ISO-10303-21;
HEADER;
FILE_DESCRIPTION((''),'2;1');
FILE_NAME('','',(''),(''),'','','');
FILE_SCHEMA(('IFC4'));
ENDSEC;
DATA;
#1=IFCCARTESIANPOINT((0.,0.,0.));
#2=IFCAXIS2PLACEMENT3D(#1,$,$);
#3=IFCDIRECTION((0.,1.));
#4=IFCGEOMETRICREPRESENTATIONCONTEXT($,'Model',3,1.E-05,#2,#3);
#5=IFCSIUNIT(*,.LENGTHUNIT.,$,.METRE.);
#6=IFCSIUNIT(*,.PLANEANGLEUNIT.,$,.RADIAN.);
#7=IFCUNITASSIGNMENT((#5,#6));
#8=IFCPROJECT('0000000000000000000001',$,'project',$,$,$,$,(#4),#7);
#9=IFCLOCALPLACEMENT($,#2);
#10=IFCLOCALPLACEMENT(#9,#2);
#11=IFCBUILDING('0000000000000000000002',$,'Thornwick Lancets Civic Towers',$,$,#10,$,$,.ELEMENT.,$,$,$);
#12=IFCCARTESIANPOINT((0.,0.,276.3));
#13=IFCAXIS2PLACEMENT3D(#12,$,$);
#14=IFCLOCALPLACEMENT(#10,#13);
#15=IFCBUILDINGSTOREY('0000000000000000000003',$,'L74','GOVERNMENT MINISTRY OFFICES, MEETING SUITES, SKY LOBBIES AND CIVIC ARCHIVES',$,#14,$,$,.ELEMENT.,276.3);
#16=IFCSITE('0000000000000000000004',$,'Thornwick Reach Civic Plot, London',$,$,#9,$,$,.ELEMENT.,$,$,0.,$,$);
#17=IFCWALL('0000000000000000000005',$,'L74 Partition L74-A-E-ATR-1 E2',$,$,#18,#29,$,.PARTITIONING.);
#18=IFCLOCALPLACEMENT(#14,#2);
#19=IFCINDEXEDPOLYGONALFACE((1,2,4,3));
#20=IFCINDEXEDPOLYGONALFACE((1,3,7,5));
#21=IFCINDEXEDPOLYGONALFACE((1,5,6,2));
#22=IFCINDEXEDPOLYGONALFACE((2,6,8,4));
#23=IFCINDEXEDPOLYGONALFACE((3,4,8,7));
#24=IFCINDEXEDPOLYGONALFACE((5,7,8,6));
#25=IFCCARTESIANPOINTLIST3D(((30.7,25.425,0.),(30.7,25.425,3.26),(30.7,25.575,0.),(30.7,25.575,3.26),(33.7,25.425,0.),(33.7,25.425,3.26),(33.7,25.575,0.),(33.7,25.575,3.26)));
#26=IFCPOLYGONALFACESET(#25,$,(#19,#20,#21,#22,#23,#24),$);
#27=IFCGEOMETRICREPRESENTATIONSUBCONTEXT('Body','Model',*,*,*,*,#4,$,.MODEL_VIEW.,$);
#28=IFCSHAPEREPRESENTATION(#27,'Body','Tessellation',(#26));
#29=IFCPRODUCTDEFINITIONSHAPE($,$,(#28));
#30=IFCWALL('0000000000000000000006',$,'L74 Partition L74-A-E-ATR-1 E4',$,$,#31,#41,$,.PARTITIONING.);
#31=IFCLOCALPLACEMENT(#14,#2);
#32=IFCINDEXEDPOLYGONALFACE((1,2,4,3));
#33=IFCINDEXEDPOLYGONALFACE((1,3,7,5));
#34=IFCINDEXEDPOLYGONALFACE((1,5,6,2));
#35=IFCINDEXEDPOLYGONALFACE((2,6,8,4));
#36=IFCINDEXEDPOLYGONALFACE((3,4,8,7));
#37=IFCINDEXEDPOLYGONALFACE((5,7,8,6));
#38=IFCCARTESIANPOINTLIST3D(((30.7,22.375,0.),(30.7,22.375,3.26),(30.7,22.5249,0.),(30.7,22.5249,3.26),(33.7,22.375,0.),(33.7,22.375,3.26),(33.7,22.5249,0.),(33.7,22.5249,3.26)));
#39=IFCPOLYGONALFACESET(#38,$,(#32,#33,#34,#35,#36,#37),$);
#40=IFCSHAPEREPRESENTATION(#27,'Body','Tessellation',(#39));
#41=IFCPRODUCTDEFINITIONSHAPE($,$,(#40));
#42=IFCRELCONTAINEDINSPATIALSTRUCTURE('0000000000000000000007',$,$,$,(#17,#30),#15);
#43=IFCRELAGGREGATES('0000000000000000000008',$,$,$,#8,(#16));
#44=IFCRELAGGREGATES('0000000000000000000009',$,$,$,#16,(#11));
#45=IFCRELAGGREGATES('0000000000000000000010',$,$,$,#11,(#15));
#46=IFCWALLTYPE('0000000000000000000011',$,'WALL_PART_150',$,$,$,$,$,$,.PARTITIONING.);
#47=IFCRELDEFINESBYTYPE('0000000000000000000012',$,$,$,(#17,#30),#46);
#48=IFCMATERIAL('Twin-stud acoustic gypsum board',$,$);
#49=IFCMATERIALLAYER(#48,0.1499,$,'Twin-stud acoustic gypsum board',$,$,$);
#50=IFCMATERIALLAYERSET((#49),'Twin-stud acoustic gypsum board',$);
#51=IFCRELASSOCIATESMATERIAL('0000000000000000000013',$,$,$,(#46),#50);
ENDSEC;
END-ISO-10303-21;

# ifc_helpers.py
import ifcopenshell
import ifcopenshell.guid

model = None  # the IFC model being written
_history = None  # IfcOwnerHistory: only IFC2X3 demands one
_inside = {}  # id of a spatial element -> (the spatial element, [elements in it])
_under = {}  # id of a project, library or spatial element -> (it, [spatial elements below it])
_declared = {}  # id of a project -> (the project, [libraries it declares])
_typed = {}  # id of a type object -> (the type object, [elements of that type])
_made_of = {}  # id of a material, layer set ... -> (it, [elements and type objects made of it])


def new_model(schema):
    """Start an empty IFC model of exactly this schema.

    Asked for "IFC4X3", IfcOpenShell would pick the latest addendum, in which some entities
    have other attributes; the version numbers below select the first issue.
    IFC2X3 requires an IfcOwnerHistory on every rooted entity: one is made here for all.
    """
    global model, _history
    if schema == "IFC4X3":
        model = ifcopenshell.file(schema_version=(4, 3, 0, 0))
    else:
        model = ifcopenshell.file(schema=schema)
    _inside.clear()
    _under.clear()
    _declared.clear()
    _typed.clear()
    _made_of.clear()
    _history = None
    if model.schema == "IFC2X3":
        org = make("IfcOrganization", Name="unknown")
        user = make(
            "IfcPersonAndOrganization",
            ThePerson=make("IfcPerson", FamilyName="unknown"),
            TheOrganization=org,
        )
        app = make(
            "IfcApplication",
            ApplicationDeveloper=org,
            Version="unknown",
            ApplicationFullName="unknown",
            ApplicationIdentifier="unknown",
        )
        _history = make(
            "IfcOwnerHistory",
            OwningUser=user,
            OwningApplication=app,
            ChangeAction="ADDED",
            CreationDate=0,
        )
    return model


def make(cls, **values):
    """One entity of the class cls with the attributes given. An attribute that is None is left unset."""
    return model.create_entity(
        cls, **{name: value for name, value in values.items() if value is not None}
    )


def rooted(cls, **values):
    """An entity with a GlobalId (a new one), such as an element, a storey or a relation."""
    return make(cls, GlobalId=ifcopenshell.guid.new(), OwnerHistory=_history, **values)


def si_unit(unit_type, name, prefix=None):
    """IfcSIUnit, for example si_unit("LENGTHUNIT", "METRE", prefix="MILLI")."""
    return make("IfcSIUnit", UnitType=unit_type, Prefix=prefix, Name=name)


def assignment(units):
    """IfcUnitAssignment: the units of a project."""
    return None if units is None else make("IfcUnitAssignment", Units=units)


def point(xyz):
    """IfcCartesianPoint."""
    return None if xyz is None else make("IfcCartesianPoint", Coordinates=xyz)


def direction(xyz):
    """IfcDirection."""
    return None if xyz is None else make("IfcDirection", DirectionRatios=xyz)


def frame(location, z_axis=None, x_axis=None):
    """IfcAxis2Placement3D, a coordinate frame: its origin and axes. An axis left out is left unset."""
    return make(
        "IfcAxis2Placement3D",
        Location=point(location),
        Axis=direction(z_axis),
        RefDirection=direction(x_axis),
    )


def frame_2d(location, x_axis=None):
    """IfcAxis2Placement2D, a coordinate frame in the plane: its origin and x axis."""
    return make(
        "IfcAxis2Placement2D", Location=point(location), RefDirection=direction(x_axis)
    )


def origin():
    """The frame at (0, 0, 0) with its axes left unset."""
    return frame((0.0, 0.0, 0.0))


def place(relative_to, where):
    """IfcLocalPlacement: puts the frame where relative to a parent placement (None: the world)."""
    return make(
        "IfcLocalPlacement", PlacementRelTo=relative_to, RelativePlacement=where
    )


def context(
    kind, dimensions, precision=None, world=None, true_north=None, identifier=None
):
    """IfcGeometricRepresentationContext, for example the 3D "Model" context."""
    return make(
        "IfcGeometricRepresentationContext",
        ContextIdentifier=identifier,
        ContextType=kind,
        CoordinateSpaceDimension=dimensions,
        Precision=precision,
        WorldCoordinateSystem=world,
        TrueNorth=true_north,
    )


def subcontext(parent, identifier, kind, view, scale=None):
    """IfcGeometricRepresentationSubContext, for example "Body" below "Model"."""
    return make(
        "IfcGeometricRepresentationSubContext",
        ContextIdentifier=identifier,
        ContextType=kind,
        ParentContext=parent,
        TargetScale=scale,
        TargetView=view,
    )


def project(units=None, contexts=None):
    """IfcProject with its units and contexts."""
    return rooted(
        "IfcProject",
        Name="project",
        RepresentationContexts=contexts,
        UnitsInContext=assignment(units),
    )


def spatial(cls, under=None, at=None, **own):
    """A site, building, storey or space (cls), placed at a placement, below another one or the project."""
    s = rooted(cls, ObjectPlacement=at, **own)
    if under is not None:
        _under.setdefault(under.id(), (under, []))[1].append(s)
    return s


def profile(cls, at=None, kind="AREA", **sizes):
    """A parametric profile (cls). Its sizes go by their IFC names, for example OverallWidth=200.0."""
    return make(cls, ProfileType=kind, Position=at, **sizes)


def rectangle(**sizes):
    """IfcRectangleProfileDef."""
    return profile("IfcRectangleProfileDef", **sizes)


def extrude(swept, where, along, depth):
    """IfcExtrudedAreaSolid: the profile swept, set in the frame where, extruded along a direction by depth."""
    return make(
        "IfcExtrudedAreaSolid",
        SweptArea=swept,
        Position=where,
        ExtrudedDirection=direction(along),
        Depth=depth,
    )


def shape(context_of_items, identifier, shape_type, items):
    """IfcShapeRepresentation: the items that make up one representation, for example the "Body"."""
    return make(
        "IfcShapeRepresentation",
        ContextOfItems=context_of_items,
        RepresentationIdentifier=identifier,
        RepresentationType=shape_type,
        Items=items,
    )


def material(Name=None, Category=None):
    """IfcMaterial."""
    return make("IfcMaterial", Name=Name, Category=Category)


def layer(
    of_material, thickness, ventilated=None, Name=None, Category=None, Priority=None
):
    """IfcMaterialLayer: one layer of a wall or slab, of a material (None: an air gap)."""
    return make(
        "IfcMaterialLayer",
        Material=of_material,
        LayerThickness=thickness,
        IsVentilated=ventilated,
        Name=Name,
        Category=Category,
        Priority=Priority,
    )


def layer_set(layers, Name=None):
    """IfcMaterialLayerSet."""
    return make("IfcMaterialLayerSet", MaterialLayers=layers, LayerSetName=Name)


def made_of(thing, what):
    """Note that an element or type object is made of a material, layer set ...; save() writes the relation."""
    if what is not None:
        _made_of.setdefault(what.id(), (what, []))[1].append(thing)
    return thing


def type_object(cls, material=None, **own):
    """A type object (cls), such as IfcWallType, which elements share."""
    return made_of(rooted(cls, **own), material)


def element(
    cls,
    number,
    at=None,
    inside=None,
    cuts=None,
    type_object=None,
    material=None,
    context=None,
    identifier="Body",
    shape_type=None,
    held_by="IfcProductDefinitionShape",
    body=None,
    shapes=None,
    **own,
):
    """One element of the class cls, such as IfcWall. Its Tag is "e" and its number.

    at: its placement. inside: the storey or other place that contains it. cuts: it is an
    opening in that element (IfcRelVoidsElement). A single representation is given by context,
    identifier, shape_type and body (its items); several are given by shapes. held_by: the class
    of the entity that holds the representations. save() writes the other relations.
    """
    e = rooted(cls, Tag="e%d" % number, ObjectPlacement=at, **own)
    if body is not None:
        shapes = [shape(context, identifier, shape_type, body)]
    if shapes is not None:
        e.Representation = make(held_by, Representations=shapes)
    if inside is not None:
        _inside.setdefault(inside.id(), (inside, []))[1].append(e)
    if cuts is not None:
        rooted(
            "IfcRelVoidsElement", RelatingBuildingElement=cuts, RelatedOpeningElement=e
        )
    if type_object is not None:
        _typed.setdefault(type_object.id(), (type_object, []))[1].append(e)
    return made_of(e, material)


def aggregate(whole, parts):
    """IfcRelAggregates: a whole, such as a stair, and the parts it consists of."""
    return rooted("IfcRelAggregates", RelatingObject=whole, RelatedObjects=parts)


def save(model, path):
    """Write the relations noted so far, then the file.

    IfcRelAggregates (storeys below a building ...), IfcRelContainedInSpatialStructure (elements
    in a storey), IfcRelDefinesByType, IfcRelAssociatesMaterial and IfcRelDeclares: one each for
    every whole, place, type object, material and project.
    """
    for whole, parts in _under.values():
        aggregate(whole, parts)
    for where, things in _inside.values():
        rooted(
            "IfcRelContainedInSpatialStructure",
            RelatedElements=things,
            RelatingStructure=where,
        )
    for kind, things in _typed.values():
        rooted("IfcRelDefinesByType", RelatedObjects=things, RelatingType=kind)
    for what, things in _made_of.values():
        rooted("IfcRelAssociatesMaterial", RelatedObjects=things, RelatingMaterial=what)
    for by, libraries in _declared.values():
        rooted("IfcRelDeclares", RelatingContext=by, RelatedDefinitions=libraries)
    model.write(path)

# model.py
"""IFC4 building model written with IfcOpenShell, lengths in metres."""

from ifc_helpers import new_model, si_unit, direction, frame, frame_2d, origin, place, context, subcontext, project, spatial, rectangle, extrude, material, layer, layer_set, type_object, element, save


model = new_model("IFC4")

# Units and contexts
model_context = context("Model", 3, precision=1e-05, world=origin(), true_north=direction((0.0, 1.0)))
body_context = subcontext(model_context, "Body", "Model", "MODEL_VIEW")
ifc_project = project(units=[si_unit("LENGTHUNIT", "METRE"), si_unit("PLANEANGLEUNIT", "RADIAN")], contexts=[model_context])

# Site, building, storey
site_placement = place(None, origin())
site = spatial("IfcSite", under=ifc_project, at=site_placement, Name="Thornwick Reach Civic Plot, London", CompositionType="ELEMENT", RefElevation=0.0)
building_placement = place(site_placement, origin())
building = spatial("IfcBuilding", under=site, at=building_placement, Name="Thornwick Lancets Civic Towers", CompositionType="ELEMENT")
storey_placement = place(building_placement, frame((0.0, 0.0, 276.3)))
storey = spatial("IfcBuildingStorey", under=building, at=storey_placement, Name="L74", Description="GOVERNMENT MINISTRY OFFICES, MEETING SUITES, SKY LOBBIES AND CIVIC ARCHIVES", CompositionType="ELEMENT", Elevation=276.3)

# Wall
ifc_material_1 = material(Name="Twin-stud acoustic gypsum board")
ifc_layer_1 = layer(ifc_material_1, 0.1499, Name="Twin-stud acoustic gypsum board")
ifc_layer_set_1 = layer_set([ifc_layer_1], Name="Twin-stud acoustic gypsum board")
wall_type_1 = type_object("IfcWallType", Name="WALL_PART_150", PredefinedType="PARTITIONING", material=ifc_layer_set_1)
wall_1_placement = place(storey_placement, frame((30.7, 25.5, 0.0), z_axis=(0.0, 0.0, 1.0), x_axis=(1.0, 0.0, 0.0)))
element("IfcWall", 1, at=wall_1_placement, inside=storey, type_object=wall_type_1, Name="L74 Partition L74-A-E-ATR-1 E2", PredefinedType="PARTITIONING", context=body_context, shape_type="SweptSolid", body=[
    extrude(rectangle(XDim=3.0, YDim=0.1499, at=frame_2d((1.5, 0.0))), origin(), (0.0, 0.0, 1.0), 3.26),
])

# Wall
wall_2_placement = place(storey_placement, frame((33.7, 22.45, 0.0), z_axis=(0.0, 0.0, 1.0), x_axis=(-1.0, 0.0, 0.0)))
element("IfcWall", 2, at=wall_2_placement, inside=storey, type_object=wall_type_1, Name="L74 Partition L74-A-E-ATR-1 E4", PredefinedType="PARTITIONING", context=body_context, shape_type="SweptSolid", body=[
    extrude(rectangle(XDim=3.0, YDim=0.1499, at=frame_2d((1.5, 0.0))), origin(), (0.0, 0.0, 1.0), 3.26),
])

save(model, "model.ifc")
